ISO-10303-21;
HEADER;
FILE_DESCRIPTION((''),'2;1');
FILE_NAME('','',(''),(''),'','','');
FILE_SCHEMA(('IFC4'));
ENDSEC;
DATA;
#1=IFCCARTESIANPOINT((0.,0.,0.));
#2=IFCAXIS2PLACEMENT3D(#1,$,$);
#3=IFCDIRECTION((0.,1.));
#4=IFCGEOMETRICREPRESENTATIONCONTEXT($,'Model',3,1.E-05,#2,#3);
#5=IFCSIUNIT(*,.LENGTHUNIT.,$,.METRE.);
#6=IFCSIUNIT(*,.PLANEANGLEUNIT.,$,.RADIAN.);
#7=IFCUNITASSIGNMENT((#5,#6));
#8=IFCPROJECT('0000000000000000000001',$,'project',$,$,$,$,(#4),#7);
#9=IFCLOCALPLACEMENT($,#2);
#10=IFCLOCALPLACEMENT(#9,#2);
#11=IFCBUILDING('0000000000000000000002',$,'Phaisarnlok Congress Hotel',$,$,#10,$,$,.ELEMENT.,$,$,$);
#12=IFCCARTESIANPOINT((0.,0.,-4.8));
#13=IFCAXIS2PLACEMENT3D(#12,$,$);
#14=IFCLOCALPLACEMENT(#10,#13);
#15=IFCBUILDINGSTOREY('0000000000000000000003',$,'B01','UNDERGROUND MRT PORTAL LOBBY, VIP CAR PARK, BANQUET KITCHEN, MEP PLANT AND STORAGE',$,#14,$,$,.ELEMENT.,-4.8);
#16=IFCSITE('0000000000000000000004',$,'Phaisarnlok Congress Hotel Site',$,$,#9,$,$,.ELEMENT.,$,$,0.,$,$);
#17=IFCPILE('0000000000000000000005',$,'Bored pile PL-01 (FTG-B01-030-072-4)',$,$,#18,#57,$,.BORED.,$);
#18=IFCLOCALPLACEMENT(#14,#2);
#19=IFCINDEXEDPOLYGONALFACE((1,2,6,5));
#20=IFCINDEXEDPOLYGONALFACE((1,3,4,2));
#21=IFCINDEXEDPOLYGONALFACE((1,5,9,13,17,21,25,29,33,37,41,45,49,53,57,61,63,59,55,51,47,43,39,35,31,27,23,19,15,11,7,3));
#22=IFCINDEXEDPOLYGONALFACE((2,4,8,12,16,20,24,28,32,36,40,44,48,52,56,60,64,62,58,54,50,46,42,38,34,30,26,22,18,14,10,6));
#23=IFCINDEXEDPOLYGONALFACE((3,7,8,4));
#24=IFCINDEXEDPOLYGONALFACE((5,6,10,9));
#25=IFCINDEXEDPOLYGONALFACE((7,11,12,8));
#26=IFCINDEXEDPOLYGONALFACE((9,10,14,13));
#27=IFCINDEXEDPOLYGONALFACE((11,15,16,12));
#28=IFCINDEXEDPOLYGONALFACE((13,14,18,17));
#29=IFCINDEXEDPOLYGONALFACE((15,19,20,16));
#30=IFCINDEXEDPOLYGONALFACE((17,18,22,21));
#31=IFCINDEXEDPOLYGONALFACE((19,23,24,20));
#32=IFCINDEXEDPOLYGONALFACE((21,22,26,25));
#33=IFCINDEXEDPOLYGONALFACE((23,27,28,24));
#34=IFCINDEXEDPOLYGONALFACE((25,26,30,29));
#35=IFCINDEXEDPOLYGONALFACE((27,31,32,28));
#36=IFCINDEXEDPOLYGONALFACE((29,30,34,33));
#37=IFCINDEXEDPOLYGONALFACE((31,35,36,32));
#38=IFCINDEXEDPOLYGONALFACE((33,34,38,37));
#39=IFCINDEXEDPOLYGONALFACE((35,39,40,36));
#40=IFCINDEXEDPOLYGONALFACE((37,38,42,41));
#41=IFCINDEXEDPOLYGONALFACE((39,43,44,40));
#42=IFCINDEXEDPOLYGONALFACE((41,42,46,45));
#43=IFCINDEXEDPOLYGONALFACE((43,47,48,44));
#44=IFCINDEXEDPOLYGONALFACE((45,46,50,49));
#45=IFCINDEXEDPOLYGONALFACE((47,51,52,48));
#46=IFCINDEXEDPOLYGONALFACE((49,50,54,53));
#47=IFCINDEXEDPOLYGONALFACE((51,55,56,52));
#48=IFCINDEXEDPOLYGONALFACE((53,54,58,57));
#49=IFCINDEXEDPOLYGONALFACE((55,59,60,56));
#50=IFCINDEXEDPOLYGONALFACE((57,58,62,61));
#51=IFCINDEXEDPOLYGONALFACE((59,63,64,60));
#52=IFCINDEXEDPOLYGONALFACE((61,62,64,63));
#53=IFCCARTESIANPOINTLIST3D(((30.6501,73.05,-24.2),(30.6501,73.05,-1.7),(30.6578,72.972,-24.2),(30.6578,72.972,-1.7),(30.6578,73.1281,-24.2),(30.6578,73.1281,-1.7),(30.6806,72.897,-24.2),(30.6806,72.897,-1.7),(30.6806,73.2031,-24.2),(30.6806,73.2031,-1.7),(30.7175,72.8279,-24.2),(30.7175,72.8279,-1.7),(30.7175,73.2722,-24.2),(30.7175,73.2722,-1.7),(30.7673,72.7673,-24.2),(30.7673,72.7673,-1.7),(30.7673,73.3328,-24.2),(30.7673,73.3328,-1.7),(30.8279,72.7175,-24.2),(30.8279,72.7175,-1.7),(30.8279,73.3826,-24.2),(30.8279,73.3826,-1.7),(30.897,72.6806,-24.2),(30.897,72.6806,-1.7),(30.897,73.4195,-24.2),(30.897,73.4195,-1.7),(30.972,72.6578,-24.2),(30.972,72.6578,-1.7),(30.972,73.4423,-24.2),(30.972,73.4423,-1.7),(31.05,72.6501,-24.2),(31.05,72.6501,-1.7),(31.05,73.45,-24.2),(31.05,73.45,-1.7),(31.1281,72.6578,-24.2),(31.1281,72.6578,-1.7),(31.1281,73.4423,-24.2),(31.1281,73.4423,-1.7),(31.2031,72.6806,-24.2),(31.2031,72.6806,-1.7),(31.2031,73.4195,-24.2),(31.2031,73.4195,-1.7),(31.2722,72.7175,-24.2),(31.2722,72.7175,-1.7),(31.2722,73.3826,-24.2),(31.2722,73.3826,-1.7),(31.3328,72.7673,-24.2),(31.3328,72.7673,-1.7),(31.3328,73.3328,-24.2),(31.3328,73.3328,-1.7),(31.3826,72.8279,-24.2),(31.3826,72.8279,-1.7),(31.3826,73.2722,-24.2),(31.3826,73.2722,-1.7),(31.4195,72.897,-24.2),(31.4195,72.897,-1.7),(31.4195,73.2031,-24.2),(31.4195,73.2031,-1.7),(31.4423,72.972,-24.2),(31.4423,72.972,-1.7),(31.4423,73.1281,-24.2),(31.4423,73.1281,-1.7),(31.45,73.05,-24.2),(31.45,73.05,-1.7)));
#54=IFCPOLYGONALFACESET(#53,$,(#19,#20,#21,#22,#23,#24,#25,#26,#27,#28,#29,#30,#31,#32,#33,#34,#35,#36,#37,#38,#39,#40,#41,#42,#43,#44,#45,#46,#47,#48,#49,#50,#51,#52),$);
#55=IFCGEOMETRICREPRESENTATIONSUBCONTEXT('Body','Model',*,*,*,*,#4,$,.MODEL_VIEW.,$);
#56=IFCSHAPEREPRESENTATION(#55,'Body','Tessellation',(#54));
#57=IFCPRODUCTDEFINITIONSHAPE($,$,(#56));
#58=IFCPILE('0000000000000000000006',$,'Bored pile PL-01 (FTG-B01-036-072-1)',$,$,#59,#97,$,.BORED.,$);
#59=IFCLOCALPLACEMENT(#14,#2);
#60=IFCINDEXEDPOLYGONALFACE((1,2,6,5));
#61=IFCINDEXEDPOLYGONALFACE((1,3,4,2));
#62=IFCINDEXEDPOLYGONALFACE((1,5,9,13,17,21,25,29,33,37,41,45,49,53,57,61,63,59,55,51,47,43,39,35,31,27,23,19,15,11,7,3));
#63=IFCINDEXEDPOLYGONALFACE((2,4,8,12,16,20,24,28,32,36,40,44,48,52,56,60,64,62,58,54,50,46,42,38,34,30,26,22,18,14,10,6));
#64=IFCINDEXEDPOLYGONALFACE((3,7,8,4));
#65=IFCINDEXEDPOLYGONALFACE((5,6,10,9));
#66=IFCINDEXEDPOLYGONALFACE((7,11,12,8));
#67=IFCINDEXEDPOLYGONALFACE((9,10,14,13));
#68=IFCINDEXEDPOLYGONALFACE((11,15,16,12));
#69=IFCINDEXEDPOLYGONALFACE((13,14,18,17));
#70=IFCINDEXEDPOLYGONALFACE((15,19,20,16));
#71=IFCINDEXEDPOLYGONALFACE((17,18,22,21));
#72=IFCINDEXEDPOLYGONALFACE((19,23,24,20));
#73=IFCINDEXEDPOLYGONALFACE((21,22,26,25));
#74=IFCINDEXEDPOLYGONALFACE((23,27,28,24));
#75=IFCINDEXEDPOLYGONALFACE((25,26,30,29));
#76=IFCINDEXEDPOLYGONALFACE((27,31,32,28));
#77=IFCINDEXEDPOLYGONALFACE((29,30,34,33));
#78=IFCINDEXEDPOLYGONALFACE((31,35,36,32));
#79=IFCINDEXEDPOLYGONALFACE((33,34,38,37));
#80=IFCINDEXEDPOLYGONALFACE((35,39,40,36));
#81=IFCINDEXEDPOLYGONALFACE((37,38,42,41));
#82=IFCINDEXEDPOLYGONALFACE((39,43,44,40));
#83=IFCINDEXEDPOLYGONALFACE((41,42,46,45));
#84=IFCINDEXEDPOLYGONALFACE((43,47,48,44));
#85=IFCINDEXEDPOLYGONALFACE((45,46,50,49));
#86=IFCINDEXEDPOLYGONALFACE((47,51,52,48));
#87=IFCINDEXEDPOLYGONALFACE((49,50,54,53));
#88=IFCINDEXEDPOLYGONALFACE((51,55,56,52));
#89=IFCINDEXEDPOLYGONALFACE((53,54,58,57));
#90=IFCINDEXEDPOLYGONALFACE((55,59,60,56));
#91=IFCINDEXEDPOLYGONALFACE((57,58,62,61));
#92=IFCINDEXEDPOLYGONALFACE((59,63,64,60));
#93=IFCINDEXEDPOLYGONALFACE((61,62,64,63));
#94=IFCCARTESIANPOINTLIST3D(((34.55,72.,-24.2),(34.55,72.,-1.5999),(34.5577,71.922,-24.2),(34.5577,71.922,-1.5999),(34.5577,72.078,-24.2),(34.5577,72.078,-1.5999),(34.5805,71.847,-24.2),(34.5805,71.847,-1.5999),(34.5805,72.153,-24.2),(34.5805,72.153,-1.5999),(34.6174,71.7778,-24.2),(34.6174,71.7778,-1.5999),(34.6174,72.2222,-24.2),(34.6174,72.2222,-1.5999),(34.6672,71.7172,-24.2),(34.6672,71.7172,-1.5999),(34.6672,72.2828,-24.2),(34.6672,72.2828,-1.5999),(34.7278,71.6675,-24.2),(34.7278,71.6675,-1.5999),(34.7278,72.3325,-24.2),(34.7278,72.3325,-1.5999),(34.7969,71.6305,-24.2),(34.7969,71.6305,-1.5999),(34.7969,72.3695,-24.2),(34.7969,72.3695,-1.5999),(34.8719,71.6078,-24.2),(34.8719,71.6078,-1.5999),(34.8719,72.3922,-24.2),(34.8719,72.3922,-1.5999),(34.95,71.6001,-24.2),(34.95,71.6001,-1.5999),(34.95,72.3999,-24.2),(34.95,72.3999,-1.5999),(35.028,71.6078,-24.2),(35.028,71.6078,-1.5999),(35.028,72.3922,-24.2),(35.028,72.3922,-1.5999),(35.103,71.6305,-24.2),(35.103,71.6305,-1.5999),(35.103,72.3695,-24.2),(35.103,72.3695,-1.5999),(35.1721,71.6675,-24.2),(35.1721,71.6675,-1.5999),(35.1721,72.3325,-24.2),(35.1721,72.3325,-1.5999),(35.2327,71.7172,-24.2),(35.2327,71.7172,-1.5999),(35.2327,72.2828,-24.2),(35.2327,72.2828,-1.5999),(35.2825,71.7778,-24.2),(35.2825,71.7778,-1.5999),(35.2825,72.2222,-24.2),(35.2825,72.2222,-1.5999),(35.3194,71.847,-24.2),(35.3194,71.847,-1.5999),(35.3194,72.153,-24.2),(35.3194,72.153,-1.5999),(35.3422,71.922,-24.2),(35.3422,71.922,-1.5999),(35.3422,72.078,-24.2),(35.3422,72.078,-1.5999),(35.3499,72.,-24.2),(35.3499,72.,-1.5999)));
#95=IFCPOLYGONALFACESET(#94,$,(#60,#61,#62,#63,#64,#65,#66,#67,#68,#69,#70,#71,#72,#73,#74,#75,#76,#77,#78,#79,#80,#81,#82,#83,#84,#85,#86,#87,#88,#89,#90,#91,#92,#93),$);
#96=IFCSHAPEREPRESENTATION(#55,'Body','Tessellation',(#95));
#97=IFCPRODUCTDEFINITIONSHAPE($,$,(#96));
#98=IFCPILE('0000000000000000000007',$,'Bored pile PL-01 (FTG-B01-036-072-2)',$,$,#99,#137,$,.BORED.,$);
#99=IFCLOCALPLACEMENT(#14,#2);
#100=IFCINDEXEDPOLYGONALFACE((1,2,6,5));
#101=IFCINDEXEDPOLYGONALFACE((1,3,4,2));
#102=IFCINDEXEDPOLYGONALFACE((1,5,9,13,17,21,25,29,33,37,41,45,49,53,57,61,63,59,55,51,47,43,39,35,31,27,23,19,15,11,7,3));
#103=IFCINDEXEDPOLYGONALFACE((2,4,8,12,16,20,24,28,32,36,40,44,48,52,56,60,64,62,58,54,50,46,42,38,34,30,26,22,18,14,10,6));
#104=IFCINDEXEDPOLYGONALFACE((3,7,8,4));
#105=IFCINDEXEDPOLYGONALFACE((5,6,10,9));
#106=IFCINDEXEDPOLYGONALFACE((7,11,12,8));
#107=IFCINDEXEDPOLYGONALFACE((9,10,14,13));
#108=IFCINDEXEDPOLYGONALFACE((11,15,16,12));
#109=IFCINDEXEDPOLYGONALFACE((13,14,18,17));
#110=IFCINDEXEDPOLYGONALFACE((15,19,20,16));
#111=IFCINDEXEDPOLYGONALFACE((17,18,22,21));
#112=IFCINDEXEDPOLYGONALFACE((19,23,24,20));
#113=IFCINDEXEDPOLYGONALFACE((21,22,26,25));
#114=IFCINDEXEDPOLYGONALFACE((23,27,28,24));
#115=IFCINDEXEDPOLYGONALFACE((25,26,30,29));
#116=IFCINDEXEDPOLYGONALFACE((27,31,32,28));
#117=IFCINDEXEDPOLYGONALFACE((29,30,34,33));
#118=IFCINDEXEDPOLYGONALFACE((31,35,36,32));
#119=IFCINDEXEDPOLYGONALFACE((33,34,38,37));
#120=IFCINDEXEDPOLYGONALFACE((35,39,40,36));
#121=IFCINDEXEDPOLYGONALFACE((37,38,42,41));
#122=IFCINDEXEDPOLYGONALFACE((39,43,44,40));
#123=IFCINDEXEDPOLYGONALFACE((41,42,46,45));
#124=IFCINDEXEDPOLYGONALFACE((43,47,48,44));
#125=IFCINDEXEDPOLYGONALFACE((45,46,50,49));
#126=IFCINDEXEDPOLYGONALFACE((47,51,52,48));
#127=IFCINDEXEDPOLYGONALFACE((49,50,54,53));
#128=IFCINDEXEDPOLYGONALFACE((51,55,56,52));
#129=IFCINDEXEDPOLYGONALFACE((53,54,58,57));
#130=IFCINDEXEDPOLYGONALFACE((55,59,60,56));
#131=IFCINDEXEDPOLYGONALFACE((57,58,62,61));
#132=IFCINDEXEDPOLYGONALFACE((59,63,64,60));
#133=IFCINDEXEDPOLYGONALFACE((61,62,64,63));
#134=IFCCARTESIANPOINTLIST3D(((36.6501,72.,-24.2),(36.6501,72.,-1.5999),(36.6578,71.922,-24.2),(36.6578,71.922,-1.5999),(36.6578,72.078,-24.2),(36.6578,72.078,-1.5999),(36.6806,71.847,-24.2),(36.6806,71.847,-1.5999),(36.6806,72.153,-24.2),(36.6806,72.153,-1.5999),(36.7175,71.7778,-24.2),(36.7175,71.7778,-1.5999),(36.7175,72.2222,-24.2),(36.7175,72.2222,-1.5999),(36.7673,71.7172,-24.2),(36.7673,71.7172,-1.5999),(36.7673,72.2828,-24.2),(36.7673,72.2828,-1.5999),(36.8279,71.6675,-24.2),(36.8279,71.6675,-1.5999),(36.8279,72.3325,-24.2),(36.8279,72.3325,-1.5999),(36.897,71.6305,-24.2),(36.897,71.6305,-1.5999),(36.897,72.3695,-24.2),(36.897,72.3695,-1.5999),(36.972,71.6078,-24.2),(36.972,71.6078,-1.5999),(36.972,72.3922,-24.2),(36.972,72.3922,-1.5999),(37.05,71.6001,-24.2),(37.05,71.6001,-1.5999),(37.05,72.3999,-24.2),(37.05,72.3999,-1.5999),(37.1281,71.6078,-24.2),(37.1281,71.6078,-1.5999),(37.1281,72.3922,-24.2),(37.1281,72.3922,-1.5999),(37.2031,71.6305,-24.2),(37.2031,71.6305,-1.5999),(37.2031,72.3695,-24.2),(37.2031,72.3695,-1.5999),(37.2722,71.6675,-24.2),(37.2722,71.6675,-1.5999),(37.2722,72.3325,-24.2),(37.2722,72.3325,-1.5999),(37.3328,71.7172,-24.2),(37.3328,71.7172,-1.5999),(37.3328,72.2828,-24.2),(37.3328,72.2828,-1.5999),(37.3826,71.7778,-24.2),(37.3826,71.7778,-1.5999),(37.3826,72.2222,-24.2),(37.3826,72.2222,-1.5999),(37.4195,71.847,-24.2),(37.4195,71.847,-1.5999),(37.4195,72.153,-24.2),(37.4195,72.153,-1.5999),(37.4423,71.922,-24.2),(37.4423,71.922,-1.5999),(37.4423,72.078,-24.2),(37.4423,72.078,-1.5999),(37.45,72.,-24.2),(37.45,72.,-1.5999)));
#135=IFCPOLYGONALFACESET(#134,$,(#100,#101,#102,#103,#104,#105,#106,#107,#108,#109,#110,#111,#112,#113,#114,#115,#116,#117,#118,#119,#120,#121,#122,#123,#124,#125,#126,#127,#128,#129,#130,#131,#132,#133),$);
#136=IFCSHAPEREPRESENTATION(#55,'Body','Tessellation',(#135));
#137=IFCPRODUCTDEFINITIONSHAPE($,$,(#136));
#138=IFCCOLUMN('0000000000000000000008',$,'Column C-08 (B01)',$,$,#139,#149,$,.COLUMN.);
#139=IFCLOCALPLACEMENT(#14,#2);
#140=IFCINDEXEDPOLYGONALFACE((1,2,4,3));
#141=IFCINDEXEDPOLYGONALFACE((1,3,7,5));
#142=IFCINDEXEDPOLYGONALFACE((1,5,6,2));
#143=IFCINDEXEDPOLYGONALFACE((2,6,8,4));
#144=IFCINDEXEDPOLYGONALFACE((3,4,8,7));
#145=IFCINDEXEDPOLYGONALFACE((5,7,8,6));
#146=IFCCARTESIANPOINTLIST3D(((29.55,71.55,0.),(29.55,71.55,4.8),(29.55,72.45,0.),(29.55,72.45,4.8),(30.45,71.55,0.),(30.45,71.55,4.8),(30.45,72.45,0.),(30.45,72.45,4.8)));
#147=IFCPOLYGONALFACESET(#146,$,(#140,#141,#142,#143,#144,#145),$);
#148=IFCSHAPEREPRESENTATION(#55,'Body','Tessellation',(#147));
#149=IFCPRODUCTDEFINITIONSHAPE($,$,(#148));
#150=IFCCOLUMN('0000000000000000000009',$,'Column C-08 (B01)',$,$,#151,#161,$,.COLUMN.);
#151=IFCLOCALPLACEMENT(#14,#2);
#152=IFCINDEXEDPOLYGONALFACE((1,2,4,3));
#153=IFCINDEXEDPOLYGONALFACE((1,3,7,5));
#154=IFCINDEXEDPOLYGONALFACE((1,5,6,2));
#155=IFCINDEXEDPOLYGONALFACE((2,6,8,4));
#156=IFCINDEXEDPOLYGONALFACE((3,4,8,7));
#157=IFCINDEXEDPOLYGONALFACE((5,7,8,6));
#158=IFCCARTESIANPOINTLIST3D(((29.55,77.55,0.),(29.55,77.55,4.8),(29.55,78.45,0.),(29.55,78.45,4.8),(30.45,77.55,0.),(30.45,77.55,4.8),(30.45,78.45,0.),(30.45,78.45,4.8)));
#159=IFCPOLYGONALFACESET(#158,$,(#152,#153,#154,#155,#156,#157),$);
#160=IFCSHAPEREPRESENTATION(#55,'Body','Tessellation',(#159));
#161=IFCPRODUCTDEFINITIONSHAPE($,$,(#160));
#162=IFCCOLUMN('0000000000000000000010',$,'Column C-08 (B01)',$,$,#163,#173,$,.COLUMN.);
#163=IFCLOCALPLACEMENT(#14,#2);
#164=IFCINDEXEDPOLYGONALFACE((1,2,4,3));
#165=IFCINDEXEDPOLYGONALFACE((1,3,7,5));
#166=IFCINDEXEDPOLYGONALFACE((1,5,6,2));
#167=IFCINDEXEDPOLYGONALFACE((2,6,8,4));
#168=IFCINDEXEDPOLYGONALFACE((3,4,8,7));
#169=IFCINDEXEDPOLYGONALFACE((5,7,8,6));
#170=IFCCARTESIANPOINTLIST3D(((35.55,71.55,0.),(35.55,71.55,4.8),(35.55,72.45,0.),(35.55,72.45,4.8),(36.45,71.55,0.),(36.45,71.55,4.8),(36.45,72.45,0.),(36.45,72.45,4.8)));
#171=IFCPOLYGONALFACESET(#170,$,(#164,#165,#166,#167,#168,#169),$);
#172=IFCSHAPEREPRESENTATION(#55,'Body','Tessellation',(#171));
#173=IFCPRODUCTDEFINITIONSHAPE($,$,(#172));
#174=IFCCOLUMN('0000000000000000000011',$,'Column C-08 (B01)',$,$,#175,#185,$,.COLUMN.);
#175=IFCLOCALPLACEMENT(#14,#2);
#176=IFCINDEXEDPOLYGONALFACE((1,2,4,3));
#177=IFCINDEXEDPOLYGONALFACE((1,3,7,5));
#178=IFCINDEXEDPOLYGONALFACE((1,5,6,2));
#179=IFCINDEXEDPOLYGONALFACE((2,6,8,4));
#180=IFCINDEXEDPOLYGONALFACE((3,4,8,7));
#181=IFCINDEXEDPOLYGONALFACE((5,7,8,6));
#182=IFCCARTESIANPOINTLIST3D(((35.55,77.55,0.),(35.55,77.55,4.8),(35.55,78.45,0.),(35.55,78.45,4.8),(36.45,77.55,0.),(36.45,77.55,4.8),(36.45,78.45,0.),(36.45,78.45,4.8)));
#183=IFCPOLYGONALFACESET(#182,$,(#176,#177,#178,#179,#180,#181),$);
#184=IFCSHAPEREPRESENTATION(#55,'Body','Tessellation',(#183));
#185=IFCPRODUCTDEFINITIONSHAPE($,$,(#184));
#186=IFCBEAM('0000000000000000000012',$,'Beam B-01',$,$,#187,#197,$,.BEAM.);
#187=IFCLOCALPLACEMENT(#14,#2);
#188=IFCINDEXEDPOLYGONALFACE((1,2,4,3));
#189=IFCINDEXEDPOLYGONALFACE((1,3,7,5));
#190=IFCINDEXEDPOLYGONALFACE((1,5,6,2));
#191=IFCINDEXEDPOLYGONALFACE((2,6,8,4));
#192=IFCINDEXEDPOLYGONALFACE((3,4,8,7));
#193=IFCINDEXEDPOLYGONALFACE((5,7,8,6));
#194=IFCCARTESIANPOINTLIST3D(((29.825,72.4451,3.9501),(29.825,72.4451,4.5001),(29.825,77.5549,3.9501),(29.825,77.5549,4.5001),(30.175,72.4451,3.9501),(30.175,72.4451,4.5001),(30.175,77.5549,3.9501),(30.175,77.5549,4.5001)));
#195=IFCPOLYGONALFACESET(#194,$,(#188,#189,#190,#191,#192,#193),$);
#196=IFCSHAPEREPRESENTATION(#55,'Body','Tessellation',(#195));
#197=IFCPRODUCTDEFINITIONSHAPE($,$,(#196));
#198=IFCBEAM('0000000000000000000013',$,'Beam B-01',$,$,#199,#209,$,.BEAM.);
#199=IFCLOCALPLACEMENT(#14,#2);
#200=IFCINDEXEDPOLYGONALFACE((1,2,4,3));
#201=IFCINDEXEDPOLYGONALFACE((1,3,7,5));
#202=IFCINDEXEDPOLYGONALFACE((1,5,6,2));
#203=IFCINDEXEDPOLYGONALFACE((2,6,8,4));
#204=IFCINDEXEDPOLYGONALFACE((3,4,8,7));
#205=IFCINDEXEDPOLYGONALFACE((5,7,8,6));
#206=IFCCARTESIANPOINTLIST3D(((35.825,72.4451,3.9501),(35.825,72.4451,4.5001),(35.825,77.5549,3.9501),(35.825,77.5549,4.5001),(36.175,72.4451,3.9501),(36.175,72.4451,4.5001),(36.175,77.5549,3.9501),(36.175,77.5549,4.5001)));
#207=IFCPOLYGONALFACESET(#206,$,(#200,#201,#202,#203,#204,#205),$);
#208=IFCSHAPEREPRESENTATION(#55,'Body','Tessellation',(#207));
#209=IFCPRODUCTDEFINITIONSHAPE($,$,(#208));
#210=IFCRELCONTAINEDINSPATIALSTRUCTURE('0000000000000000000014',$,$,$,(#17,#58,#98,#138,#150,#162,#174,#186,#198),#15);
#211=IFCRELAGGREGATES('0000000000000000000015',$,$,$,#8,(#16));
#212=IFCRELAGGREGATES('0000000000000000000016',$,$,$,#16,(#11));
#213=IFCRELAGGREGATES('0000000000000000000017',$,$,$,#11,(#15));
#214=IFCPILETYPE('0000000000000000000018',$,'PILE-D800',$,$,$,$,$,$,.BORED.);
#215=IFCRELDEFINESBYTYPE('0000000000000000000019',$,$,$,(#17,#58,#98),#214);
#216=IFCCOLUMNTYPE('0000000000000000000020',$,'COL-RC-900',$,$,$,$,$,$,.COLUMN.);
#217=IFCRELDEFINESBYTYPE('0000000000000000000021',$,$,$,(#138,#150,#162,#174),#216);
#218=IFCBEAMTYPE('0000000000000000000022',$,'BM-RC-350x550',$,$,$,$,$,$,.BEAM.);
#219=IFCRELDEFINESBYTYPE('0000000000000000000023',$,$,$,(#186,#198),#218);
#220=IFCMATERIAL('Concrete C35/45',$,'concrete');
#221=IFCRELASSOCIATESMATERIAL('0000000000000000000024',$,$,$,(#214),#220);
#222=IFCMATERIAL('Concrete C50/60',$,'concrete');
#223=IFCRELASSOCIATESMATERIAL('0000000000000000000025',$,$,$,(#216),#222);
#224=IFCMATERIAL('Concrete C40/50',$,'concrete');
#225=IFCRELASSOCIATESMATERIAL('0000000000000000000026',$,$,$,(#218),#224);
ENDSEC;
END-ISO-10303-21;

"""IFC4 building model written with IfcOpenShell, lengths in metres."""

from ifc_helpers import new_model, si_unit, direction, frame, origin, origin_2d, place, context, subcontext, project, spatial, rectangle, circle, extrude, material, material_profile, profile_set, type_object, element, save


model = new_model("IFC4")

# Units and contexts
model_context = context("Model", 3, precision=1e-05, world=origin(), true_north=direction((0.0, 1.0)))
body_context = subcontext(model_context, "Body", "Model", "MODEL_VIEW")
ifc_project = project(units=[si_unit("LENGTHUNIT", "METRE"), si_unit("PLANEANGLEUNIT", "RADIAN")], contexts=[model_context])

# Site, building, storey
site_placement = place(None, origin())
site = spatial("IfcSite", under=ifc_project, at=site_placement, Name="Phaisarnlok Congress Hotel Site", CompositionType="ELEMENT", RefElevation=0.0)
building_placement = place(site_placement, origin())
building = spatial("IfcBuilding", under=site, at=building_placement, Name="Phaisarnlok Congress Hotel", CompositionType="ELEMENT")
storey_placement = place(building_placement, frame((0.0, 0.0, -4.8)))
storey = spatial("IfcBuildingStorey", under=building, at=storey_placement, Name="B01", Description="UNDERGROUND MRT PORTAL LOBBY, VIP CAR PARK, BANQUET KITCHEN, MEP PLANT AND STORAGE", CompositionType="ELEMENT", Elevation=-4.8)

# Shared definitions
ifc_material_1 = material(Name="Concrete C40/50", Category="concrete")

# Piles
ifc_material_2 = material(Name="Concrete C35/45", Category="concrete")
ifc_material_profile_1 = material_profile(ifc_material_2, circle(Radius=0.3999, at=origin_2d()), Name="BORED PILE D800")
ifc_profile_set_1 = profile_set([ifc_material_profile_1], Name="Concrete C35/45")
pile_type_1 = type_object("IfcPileType", Name="PILE-D800", PredefinedType="BORED", material=ifc_profile_set_1)
for number, where, z_axis, x_axis, name in (
    (1, (31.05, 73.05, -1.7), (0.0, 0.0, -1.0), (1.0, 0.0, 0.0), "Bored pile PL-01 (FTG-B01-030-072-4)"),
):
    element("IfcPile", number, at=place(storey_placement, frame(where, z_axis=z_axis, x_axis=x_axis)), inside=storey, type_object=pile_type_1, Name=name, PredefinedType="BORED", context=body_context, shape_type="SweptSolid", body=[
        extrude(circle(Radius=0.3999, at=origin_2d()), origin(), (0.0, 0.0, 1.0), 22.5),
    ])
for number, where, z_axis, x_axis, name in (
    (2, (34.95, 72.0, -1.5999), (0.0, 0.0, -1.0), (1.0, 0.0, 0.0), "Bored pile PL-01 (FTG-B01-036-072-1)"),
    (3, (37.05, 72.0, -1.5999), (0.0, 0.0, -1.0), (1.0, 0.0, 0.0), "Bored pile PL-01 (FTG-B01-036-072-2)"),
):
    element("IfcPile", number, at=place(storey_placement, frame(where, z_axis=z_axis, x_axis=x_axis)), inside=storey, type_object=pile_type_1, Name=name, PredefinedType="BORED", context=body_context, shape_type="SweptSolid", body=[
        extrude(circle(Radius=0.3999, at=origin_2d()), origin(), (0.0, 0.0, 1.0), 22.6001),
    ])

# Columns
ifc_material_3 = material(Name="Concrete C50/60", Category="concrete")
ifc_material_profile_2 = material_profile(ifc_material_3, rectangle(XDim=0.8999, YDim=0.8999, at=origin_2d()), Name="RC 900x900")
ifc_profile_set_2 = profile_set([ifc_material_profile_2], Name="Concrete C50/60")
column_type = type_object("IfcColumnType", Name="COL-RC-900", PredefinedType="COLUMN", material=ifc_profile_set_2)
for number, where, z_axis, x_axis, name in (
    (4, (30.0, 72.0, 0.0), (0.0, 0.0, 1.0), (1.0, 0.0, 0.0), "Column C-08 (B01)"),
    (5, (30.0, 78.0, 0.0), (0.0, 0.0, 1.0), (1.0, 0.0, 0.0), "Column C-08 (B01)"),
    (6, (36.0, 72.0, 0.0), (0.0, 0.0, 1.0), (1.0, 0.0, 0.0), "Column C-08 (B01)"),
    (7, (36.0, 78.0, 0.0), (0.0, 0.0, 1.0), (1.0, 0.0, 0.0), "Column C-08 (B01)"),
):
    element("IfcColumn", number, at=place(storey_placement, frame(where, z_axis=z_axis, x_axis=x_axis)), inside=storey, type_object=column_type, Name=name, PredefinedType="COLUMN", context=body_context, shape_type="SweptSolid", body=[
        extrude(rectangle(XDim=0.8999, YDim=0.8999, at=origin_2d()), origin(), (0.0, 0.0, 1.0), 4.8),
    ])

# Beams
ifc_material_profile_3 = material_profile(ifc_material_1, rectangle(XDim=0.3501, YDim=0.55, at=origin_2d()), Name="RC 350x550")
ifc_profile_set_3 = profile_set([ifc_material_profile_3], Name="Concrete C40/50")
beam_type_1 = type_object("IfcBeamType", Name="BM-RC-350x550", PredefinedType="BEAM", material=ifc_profile_set_3)
for number, where, z_axis, x_axis, name in (
    (8, (30.0, 72.4451, 4.2251), (0.0, 1.0, 0.0), (-1.0, 0.0, 0.0), "Beam B-01"),
    (9, (36.0, 72.4451, 4.2251), (0.0, 1.0, 0.0), (-1.0, 0.0, 0.0), "Beam B-01"),
):
    element("IfcBeam", number, at=place(storey_placement, frame(where, z_axis=z_axis, x_axis=x_axis)), inside=storey, type_object=beam_type_1, Name=name, PredefinedType="BEAM", context=body_context, shape_type="SweptSolid", body=[
        extrude(rectangle(XDim=0.3501, YDim=0.55, at=origin_2d()), origin(), (0.0, 0.0, 1.0), 5.1099),
    ])

save(model, "model.ifc")
